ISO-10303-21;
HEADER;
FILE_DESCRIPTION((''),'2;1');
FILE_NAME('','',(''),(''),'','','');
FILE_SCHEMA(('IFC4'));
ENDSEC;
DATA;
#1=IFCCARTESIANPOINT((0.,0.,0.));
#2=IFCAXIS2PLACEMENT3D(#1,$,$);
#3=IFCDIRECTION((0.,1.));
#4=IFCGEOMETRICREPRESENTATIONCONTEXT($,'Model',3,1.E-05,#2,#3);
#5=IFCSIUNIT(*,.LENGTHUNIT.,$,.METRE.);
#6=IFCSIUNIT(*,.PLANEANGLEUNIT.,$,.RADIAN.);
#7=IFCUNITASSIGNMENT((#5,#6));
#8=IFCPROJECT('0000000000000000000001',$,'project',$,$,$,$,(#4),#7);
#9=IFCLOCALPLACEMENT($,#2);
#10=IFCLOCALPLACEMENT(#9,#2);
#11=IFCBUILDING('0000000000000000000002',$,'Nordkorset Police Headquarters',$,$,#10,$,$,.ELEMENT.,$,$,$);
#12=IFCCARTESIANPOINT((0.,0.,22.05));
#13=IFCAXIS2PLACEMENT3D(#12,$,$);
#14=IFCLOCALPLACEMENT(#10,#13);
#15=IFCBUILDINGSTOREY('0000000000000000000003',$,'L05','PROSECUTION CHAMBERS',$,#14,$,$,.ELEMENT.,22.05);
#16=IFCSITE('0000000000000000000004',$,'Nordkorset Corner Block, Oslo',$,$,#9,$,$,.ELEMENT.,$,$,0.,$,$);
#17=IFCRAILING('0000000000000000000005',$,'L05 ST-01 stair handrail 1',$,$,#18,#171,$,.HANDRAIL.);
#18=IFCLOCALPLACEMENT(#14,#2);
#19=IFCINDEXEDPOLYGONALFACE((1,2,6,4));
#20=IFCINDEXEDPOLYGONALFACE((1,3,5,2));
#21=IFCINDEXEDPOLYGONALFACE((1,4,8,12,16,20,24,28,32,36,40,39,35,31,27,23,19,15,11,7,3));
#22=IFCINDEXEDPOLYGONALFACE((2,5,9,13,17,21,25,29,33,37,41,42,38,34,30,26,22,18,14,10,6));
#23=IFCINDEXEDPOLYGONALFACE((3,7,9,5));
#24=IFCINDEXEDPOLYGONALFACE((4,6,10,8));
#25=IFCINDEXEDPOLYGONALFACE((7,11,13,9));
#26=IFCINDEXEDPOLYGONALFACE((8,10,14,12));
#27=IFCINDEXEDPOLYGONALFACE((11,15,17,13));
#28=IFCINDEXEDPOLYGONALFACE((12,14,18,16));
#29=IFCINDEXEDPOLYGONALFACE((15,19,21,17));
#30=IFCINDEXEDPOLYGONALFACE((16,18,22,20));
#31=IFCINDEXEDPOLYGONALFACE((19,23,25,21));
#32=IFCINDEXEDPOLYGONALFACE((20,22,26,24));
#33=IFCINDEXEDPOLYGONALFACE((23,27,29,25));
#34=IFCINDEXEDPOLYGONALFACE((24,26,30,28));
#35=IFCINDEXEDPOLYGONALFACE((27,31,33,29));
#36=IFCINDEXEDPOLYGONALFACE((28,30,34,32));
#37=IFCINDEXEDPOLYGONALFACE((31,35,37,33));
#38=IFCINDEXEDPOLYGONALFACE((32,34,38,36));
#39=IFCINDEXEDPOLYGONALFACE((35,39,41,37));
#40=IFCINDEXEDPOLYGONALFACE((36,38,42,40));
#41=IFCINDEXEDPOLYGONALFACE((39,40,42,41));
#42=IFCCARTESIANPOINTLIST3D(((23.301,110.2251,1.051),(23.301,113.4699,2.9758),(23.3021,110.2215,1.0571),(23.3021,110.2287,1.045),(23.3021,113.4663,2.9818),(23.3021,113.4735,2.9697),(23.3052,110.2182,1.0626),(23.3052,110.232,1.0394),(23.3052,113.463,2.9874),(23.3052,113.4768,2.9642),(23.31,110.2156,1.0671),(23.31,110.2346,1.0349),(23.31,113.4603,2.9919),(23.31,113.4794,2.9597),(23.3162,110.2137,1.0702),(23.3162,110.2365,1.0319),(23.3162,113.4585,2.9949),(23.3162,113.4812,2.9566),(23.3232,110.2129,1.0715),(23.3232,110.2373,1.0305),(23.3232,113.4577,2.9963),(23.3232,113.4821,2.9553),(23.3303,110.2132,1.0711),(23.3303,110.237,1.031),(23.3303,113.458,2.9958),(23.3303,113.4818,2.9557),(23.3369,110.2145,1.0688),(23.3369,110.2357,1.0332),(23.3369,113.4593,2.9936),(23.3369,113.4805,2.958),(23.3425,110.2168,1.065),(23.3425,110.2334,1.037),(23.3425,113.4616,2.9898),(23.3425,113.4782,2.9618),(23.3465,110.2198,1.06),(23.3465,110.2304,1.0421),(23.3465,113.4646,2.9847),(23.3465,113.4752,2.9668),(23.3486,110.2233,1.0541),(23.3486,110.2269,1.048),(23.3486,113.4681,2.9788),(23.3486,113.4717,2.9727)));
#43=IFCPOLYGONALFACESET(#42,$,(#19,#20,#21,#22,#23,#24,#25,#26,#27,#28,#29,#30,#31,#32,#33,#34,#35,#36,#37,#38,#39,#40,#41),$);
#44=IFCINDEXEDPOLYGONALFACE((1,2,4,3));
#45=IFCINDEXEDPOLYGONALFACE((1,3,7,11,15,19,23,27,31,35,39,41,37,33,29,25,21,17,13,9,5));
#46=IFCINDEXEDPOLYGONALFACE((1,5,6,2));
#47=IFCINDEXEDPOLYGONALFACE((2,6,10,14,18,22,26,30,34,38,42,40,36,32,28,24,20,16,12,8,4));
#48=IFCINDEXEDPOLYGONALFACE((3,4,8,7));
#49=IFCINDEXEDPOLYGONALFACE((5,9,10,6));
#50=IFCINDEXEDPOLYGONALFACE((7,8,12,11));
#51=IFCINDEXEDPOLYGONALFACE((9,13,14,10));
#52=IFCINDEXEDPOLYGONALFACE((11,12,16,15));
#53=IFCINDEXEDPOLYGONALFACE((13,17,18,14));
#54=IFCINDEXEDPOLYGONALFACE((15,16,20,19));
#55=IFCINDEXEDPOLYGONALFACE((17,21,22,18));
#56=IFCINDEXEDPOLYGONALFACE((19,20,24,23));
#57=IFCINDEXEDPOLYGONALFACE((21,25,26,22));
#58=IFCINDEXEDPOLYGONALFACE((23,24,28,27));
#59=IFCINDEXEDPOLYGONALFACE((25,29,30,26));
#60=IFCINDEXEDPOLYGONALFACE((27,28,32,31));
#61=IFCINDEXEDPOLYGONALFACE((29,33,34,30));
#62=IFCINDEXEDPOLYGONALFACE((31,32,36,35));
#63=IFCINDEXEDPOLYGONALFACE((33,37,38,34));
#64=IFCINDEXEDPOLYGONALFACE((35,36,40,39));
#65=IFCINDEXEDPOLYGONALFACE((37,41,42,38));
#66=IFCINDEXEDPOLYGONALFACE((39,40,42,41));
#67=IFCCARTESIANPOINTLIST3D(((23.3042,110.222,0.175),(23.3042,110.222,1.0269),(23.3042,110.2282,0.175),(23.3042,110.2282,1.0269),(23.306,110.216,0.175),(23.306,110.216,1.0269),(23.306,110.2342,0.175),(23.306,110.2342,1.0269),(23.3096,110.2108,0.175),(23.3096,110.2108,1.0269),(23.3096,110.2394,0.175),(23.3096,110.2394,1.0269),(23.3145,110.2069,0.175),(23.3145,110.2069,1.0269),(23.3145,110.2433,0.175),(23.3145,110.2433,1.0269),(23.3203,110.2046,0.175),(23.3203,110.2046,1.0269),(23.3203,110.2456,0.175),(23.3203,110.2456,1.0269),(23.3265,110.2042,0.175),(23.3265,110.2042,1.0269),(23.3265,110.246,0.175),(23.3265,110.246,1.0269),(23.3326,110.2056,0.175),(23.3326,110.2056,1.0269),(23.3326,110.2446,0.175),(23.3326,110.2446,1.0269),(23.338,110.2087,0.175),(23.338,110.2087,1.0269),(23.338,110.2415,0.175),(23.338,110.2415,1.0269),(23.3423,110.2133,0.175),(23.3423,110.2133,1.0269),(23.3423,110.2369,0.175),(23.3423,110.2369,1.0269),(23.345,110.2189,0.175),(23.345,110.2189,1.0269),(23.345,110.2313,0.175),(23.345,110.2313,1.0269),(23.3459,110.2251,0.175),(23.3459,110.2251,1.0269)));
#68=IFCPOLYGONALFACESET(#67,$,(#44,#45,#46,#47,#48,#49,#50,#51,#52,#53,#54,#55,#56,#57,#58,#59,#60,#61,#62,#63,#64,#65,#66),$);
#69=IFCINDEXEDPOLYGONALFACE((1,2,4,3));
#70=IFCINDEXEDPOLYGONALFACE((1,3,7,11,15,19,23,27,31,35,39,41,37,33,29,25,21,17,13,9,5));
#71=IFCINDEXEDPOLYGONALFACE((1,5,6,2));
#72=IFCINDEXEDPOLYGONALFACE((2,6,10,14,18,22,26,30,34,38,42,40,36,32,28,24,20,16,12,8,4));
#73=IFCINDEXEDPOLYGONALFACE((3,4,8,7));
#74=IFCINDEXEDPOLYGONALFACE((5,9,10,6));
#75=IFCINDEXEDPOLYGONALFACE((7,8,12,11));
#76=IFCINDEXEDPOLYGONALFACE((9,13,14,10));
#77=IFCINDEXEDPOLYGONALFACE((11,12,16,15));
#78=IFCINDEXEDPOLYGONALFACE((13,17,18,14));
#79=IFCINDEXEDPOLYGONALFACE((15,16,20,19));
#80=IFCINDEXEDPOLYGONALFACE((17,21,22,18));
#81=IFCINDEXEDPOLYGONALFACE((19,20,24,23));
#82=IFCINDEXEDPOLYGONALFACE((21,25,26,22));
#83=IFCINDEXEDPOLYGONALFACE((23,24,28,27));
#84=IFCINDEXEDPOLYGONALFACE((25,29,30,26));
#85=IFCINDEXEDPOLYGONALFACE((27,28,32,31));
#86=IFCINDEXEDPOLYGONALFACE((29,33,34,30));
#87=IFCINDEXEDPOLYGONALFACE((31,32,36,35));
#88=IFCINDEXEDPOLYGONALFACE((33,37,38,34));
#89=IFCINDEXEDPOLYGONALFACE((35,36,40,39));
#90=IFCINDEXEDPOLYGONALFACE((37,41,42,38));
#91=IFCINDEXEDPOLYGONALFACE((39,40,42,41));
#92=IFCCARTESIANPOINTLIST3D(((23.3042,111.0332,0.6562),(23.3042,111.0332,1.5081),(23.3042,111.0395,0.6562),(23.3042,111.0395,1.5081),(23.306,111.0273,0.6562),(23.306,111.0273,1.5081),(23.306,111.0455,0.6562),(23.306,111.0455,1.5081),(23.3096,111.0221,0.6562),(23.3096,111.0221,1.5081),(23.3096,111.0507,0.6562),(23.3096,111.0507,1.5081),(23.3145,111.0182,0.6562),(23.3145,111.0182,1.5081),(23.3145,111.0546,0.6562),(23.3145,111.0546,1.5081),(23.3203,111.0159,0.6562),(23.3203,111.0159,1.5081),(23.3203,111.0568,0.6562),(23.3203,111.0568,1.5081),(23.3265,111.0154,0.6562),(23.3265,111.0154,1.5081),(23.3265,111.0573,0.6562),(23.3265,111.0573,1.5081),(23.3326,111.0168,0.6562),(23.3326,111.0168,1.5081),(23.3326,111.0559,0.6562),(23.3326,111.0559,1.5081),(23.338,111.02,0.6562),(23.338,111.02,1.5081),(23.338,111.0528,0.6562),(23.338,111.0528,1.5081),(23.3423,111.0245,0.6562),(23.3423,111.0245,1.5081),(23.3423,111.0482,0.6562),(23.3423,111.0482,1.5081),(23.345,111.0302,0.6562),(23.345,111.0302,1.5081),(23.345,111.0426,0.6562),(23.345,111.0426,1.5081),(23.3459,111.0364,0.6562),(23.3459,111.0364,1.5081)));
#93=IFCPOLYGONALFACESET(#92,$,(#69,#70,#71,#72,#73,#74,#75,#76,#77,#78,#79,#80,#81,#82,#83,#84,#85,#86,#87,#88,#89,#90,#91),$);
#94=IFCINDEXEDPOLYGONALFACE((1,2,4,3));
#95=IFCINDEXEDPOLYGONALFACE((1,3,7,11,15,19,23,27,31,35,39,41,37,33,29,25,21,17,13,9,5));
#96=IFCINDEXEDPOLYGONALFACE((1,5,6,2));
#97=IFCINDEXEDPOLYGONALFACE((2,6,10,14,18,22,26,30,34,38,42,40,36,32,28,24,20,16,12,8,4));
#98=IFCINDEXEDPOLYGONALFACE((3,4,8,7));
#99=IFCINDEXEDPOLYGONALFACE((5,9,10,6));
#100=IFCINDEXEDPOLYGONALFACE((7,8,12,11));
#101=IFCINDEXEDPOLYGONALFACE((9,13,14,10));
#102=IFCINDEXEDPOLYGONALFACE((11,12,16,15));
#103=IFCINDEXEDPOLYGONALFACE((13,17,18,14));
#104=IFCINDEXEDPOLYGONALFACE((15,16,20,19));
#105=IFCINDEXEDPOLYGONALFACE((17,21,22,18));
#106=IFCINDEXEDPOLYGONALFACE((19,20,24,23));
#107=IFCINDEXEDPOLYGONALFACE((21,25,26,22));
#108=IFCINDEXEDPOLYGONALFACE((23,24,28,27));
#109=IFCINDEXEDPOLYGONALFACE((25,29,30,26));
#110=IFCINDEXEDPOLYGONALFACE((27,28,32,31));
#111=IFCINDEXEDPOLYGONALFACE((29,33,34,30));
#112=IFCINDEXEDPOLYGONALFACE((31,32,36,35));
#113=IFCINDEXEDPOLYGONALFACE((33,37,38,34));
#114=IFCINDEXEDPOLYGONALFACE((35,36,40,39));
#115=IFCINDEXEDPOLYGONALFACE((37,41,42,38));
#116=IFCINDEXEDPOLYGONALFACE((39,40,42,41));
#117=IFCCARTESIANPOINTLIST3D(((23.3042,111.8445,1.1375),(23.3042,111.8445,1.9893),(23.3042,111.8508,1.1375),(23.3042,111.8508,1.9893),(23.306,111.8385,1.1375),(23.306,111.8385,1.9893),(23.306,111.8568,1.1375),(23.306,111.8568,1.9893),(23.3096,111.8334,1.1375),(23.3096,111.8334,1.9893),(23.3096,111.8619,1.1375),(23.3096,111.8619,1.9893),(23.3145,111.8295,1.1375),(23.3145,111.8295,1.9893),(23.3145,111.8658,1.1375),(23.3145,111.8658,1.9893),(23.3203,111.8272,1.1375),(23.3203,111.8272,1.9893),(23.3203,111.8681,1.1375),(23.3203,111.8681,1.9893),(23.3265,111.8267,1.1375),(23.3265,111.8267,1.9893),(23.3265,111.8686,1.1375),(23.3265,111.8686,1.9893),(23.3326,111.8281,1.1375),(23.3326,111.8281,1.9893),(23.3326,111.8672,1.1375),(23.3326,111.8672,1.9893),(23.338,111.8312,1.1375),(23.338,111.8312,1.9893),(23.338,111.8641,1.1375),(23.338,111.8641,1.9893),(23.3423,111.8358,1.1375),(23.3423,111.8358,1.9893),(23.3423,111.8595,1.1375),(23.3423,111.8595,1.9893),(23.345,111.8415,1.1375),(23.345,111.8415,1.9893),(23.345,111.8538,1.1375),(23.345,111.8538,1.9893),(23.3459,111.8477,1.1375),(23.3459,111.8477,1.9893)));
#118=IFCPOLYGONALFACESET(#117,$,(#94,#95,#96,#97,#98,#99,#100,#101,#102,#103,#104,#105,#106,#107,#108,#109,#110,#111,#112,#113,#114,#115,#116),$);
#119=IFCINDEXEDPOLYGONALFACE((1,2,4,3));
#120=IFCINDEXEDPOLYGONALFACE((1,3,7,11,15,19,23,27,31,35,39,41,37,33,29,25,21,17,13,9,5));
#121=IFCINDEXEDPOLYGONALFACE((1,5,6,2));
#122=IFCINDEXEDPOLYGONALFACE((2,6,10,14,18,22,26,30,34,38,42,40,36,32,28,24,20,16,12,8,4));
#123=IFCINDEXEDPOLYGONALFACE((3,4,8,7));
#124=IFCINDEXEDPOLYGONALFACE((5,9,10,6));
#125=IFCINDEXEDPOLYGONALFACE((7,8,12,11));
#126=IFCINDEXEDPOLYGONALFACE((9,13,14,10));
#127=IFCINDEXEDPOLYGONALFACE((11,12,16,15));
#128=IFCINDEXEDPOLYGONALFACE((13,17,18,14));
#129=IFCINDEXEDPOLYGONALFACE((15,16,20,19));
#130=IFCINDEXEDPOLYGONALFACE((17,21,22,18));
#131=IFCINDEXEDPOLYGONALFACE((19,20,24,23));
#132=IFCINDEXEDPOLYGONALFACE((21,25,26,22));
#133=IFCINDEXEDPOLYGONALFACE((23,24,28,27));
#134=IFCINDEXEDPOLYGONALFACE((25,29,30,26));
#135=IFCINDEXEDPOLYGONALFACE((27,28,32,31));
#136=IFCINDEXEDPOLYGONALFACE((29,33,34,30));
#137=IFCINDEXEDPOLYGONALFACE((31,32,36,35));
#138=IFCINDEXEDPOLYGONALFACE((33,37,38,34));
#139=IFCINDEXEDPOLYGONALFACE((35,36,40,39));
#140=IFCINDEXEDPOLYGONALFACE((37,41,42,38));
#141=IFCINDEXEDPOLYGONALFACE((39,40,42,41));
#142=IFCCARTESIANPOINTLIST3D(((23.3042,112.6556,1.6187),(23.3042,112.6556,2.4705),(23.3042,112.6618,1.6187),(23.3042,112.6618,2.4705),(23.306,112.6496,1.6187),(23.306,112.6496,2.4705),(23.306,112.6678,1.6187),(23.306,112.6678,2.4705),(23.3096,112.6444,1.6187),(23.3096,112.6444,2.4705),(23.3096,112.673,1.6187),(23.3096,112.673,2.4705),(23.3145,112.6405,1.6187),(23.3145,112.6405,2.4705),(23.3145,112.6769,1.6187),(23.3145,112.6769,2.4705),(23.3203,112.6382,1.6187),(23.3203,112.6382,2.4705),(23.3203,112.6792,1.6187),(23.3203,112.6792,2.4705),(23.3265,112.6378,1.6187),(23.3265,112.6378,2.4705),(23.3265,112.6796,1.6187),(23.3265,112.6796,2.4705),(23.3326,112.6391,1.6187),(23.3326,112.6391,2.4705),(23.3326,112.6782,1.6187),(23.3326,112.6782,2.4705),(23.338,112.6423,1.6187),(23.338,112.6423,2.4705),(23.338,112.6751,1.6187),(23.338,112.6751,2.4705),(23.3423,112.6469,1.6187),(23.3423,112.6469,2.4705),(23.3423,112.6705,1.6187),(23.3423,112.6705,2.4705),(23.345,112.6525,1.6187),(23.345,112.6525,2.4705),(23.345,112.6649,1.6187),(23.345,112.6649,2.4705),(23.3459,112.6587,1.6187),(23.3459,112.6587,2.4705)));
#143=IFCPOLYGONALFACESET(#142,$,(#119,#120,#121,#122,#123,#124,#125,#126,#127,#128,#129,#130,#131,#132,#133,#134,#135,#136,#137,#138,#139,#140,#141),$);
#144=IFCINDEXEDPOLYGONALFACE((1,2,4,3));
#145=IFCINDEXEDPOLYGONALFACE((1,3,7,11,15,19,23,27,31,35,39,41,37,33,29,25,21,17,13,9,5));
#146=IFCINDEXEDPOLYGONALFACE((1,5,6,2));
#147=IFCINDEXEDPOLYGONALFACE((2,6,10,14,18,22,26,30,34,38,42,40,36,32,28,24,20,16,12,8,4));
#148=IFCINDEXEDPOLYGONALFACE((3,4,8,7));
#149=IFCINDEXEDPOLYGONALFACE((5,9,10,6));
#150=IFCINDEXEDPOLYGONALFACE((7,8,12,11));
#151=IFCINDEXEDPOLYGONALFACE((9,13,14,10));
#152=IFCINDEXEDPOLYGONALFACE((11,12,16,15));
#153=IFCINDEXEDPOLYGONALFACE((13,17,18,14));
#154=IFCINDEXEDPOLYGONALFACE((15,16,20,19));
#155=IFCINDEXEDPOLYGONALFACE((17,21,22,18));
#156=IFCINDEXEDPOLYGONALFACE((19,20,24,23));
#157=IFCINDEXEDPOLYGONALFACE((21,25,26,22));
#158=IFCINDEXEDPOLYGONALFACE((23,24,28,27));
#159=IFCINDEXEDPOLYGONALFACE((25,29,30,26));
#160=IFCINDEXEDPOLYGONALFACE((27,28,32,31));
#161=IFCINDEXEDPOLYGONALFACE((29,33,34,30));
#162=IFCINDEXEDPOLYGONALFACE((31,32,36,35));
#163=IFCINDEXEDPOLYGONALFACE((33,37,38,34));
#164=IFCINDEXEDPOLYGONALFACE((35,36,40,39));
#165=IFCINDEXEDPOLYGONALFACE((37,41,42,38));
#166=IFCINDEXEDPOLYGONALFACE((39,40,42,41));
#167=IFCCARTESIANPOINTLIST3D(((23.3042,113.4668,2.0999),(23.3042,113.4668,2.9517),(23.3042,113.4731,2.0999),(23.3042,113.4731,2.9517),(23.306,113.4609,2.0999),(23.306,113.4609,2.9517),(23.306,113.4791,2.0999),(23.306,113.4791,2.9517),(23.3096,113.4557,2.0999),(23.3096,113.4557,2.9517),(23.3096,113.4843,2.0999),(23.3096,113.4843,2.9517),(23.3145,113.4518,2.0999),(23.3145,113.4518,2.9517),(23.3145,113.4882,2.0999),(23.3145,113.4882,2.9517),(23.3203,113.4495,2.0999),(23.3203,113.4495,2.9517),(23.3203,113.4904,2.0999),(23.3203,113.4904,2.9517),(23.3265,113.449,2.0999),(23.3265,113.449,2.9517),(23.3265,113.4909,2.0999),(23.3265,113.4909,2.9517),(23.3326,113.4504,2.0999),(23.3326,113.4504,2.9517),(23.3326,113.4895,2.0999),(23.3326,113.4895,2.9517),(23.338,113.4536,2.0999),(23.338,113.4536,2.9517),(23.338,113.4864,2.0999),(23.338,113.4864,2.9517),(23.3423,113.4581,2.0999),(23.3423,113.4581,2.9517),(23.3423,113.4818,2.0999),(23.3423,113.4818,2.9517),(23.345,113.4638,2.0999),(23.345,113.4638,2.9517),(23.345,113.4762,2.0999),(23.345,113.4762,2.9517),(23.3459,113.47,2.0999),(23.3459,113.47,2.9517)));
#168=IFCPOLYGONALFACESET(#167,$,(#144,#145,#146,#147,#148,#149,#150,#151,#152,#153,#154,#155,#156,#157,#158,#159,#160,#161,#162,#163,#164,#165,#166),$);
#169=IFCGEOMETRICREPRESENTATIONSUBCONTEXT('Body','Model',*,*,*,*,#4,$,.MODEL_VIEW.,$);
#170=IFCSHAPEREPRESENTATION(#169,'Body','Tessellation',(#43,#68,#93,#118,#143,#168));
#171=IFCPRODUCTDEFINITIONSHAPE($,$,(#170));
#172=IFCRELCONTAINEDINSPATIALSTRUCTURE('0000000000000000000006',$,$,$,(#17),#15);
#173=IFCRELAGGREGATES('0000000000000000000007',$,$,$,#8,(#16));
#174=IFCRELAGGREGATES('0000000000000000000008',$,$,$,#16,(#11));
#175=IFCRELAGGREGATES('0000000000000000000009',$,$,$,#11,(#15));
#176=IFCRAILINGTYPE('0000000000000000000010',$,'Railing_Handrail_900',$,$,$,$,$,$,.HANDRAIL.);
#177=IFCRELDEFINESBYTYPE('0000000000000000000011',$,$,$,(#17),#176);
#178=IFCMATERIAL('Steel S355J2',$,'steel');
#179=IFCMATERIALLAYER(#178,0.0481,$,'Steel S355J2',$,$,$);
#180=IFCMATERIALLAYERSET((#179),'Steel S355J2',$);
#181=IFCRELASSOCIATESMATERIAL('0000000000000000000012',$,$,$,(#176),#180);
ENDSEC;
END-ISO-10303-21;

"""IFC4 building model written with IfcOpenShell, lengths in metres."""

from ifc_helpers import new_model, si_unit, direction, frame, origin, origin_2d, place, context, subcontext, project, spatial, circle, extrude, material, layer, layer_set, type_object, element, save


model = new_model("IFC4")

# Units and contexts
model_context = context("Model", 3, precision=1e-05, world=origin(), true_north=direction((0.0, 1.0)))
body_context = subcontext(model_context, "Body", "Model", "MODEL_VIEW")
ifc_project = project(units=[si_unit("LENGTHUNIT", "METRE"), si_unit("PLANEANGLEUNIT", "RADIAN")], contexts=[model_context])

# Site, building, storey
site_placement = place(None, origin())
site = spatial("IfcSite", under=ifc_project, at=site_placement, Name="Nordkorset Corner Block, Oslo", CompositionType="ELEMENT", RefElevation=0.0)
building_placement = place(site_placement, origin())
building = spatial("IfcBuilding", under=site, at=building_placement, Name="Nordkorset Police Headquarters", CompositionType="ELEMENT")
storey_placement = place(building_placement, frame((0.0, 0.0, 22.05)))
storey = spatial("IfcBuildingStorey", under=building, at=storey_placement, Name="L05", Description="PROSECUTION CHAMBERS", CompositionType="ELEMENT", Elevation=22.05)

# Railing
ifc_material_1 = material(Name="Steel S355J2", Category="steel")
ifc_layer_1 = layer(ifc_material_1, 0.0481, Name="Steel S355J2")
ifc_layer_set_1 = layer_set([ifc_layer_1], Name="Steel S355J2")
railing_type_1 = type_object("IfcRailingType", Name="Railing_Handrail_900", PredefinedType="HANDRAIL", material=ifc_layer_set_1)
railing_1_placement = place(storey_placement, frame((23.325, 110.2251, 0.175)))
element("IfcRailing", 1, at=railing_1_placement, inside=storey, type_object=railing_type_1, Name="L05 ST-01 stair handrail 1", PredefinedType="HANDRAIL", context=body_context, shape_type="SweptSolid", body=[
    extrude(circle(Radius=0.0239, at=origin_2d()), frame((0.0, 0.0, 0.876), z_axis=(0.0, 0.860069, 0.510178), x_axis=(-1.0, 0.0, 0.0)), (0.0, 0.0, 1.0), 3.7727),
    extrude(circle(Radius=0.021, at=origin_2d()), origin(), (0.0, 0.0, 1.0), 0.8518),
    extrude(circle(Radius=0.021, at=origin_2d()), frame((0.0, 0.8113, 0.4812)), (0.0, 0.0, 1.0), 0.8518),
    extrude(circle(Radius=0.021, at=origin_2d()), frame((0.0, 1.6226, 0.9624)), (0.0, 0.0, 1.0), 0.8518),
    extrude(circle(Radius=0.021, at=origin_2d()), frame((0.0, 2.4336, 1.4436)), (0.0, 0.0, 1.0), 0.8518),
    extrude(circle(Radius=0.021, at=origin_2d()), frame((0.0, 3.2449, 1.9248)), (0.0, 0.0, 1.0), 0.8518),
])

save(model, "model.ifc")
